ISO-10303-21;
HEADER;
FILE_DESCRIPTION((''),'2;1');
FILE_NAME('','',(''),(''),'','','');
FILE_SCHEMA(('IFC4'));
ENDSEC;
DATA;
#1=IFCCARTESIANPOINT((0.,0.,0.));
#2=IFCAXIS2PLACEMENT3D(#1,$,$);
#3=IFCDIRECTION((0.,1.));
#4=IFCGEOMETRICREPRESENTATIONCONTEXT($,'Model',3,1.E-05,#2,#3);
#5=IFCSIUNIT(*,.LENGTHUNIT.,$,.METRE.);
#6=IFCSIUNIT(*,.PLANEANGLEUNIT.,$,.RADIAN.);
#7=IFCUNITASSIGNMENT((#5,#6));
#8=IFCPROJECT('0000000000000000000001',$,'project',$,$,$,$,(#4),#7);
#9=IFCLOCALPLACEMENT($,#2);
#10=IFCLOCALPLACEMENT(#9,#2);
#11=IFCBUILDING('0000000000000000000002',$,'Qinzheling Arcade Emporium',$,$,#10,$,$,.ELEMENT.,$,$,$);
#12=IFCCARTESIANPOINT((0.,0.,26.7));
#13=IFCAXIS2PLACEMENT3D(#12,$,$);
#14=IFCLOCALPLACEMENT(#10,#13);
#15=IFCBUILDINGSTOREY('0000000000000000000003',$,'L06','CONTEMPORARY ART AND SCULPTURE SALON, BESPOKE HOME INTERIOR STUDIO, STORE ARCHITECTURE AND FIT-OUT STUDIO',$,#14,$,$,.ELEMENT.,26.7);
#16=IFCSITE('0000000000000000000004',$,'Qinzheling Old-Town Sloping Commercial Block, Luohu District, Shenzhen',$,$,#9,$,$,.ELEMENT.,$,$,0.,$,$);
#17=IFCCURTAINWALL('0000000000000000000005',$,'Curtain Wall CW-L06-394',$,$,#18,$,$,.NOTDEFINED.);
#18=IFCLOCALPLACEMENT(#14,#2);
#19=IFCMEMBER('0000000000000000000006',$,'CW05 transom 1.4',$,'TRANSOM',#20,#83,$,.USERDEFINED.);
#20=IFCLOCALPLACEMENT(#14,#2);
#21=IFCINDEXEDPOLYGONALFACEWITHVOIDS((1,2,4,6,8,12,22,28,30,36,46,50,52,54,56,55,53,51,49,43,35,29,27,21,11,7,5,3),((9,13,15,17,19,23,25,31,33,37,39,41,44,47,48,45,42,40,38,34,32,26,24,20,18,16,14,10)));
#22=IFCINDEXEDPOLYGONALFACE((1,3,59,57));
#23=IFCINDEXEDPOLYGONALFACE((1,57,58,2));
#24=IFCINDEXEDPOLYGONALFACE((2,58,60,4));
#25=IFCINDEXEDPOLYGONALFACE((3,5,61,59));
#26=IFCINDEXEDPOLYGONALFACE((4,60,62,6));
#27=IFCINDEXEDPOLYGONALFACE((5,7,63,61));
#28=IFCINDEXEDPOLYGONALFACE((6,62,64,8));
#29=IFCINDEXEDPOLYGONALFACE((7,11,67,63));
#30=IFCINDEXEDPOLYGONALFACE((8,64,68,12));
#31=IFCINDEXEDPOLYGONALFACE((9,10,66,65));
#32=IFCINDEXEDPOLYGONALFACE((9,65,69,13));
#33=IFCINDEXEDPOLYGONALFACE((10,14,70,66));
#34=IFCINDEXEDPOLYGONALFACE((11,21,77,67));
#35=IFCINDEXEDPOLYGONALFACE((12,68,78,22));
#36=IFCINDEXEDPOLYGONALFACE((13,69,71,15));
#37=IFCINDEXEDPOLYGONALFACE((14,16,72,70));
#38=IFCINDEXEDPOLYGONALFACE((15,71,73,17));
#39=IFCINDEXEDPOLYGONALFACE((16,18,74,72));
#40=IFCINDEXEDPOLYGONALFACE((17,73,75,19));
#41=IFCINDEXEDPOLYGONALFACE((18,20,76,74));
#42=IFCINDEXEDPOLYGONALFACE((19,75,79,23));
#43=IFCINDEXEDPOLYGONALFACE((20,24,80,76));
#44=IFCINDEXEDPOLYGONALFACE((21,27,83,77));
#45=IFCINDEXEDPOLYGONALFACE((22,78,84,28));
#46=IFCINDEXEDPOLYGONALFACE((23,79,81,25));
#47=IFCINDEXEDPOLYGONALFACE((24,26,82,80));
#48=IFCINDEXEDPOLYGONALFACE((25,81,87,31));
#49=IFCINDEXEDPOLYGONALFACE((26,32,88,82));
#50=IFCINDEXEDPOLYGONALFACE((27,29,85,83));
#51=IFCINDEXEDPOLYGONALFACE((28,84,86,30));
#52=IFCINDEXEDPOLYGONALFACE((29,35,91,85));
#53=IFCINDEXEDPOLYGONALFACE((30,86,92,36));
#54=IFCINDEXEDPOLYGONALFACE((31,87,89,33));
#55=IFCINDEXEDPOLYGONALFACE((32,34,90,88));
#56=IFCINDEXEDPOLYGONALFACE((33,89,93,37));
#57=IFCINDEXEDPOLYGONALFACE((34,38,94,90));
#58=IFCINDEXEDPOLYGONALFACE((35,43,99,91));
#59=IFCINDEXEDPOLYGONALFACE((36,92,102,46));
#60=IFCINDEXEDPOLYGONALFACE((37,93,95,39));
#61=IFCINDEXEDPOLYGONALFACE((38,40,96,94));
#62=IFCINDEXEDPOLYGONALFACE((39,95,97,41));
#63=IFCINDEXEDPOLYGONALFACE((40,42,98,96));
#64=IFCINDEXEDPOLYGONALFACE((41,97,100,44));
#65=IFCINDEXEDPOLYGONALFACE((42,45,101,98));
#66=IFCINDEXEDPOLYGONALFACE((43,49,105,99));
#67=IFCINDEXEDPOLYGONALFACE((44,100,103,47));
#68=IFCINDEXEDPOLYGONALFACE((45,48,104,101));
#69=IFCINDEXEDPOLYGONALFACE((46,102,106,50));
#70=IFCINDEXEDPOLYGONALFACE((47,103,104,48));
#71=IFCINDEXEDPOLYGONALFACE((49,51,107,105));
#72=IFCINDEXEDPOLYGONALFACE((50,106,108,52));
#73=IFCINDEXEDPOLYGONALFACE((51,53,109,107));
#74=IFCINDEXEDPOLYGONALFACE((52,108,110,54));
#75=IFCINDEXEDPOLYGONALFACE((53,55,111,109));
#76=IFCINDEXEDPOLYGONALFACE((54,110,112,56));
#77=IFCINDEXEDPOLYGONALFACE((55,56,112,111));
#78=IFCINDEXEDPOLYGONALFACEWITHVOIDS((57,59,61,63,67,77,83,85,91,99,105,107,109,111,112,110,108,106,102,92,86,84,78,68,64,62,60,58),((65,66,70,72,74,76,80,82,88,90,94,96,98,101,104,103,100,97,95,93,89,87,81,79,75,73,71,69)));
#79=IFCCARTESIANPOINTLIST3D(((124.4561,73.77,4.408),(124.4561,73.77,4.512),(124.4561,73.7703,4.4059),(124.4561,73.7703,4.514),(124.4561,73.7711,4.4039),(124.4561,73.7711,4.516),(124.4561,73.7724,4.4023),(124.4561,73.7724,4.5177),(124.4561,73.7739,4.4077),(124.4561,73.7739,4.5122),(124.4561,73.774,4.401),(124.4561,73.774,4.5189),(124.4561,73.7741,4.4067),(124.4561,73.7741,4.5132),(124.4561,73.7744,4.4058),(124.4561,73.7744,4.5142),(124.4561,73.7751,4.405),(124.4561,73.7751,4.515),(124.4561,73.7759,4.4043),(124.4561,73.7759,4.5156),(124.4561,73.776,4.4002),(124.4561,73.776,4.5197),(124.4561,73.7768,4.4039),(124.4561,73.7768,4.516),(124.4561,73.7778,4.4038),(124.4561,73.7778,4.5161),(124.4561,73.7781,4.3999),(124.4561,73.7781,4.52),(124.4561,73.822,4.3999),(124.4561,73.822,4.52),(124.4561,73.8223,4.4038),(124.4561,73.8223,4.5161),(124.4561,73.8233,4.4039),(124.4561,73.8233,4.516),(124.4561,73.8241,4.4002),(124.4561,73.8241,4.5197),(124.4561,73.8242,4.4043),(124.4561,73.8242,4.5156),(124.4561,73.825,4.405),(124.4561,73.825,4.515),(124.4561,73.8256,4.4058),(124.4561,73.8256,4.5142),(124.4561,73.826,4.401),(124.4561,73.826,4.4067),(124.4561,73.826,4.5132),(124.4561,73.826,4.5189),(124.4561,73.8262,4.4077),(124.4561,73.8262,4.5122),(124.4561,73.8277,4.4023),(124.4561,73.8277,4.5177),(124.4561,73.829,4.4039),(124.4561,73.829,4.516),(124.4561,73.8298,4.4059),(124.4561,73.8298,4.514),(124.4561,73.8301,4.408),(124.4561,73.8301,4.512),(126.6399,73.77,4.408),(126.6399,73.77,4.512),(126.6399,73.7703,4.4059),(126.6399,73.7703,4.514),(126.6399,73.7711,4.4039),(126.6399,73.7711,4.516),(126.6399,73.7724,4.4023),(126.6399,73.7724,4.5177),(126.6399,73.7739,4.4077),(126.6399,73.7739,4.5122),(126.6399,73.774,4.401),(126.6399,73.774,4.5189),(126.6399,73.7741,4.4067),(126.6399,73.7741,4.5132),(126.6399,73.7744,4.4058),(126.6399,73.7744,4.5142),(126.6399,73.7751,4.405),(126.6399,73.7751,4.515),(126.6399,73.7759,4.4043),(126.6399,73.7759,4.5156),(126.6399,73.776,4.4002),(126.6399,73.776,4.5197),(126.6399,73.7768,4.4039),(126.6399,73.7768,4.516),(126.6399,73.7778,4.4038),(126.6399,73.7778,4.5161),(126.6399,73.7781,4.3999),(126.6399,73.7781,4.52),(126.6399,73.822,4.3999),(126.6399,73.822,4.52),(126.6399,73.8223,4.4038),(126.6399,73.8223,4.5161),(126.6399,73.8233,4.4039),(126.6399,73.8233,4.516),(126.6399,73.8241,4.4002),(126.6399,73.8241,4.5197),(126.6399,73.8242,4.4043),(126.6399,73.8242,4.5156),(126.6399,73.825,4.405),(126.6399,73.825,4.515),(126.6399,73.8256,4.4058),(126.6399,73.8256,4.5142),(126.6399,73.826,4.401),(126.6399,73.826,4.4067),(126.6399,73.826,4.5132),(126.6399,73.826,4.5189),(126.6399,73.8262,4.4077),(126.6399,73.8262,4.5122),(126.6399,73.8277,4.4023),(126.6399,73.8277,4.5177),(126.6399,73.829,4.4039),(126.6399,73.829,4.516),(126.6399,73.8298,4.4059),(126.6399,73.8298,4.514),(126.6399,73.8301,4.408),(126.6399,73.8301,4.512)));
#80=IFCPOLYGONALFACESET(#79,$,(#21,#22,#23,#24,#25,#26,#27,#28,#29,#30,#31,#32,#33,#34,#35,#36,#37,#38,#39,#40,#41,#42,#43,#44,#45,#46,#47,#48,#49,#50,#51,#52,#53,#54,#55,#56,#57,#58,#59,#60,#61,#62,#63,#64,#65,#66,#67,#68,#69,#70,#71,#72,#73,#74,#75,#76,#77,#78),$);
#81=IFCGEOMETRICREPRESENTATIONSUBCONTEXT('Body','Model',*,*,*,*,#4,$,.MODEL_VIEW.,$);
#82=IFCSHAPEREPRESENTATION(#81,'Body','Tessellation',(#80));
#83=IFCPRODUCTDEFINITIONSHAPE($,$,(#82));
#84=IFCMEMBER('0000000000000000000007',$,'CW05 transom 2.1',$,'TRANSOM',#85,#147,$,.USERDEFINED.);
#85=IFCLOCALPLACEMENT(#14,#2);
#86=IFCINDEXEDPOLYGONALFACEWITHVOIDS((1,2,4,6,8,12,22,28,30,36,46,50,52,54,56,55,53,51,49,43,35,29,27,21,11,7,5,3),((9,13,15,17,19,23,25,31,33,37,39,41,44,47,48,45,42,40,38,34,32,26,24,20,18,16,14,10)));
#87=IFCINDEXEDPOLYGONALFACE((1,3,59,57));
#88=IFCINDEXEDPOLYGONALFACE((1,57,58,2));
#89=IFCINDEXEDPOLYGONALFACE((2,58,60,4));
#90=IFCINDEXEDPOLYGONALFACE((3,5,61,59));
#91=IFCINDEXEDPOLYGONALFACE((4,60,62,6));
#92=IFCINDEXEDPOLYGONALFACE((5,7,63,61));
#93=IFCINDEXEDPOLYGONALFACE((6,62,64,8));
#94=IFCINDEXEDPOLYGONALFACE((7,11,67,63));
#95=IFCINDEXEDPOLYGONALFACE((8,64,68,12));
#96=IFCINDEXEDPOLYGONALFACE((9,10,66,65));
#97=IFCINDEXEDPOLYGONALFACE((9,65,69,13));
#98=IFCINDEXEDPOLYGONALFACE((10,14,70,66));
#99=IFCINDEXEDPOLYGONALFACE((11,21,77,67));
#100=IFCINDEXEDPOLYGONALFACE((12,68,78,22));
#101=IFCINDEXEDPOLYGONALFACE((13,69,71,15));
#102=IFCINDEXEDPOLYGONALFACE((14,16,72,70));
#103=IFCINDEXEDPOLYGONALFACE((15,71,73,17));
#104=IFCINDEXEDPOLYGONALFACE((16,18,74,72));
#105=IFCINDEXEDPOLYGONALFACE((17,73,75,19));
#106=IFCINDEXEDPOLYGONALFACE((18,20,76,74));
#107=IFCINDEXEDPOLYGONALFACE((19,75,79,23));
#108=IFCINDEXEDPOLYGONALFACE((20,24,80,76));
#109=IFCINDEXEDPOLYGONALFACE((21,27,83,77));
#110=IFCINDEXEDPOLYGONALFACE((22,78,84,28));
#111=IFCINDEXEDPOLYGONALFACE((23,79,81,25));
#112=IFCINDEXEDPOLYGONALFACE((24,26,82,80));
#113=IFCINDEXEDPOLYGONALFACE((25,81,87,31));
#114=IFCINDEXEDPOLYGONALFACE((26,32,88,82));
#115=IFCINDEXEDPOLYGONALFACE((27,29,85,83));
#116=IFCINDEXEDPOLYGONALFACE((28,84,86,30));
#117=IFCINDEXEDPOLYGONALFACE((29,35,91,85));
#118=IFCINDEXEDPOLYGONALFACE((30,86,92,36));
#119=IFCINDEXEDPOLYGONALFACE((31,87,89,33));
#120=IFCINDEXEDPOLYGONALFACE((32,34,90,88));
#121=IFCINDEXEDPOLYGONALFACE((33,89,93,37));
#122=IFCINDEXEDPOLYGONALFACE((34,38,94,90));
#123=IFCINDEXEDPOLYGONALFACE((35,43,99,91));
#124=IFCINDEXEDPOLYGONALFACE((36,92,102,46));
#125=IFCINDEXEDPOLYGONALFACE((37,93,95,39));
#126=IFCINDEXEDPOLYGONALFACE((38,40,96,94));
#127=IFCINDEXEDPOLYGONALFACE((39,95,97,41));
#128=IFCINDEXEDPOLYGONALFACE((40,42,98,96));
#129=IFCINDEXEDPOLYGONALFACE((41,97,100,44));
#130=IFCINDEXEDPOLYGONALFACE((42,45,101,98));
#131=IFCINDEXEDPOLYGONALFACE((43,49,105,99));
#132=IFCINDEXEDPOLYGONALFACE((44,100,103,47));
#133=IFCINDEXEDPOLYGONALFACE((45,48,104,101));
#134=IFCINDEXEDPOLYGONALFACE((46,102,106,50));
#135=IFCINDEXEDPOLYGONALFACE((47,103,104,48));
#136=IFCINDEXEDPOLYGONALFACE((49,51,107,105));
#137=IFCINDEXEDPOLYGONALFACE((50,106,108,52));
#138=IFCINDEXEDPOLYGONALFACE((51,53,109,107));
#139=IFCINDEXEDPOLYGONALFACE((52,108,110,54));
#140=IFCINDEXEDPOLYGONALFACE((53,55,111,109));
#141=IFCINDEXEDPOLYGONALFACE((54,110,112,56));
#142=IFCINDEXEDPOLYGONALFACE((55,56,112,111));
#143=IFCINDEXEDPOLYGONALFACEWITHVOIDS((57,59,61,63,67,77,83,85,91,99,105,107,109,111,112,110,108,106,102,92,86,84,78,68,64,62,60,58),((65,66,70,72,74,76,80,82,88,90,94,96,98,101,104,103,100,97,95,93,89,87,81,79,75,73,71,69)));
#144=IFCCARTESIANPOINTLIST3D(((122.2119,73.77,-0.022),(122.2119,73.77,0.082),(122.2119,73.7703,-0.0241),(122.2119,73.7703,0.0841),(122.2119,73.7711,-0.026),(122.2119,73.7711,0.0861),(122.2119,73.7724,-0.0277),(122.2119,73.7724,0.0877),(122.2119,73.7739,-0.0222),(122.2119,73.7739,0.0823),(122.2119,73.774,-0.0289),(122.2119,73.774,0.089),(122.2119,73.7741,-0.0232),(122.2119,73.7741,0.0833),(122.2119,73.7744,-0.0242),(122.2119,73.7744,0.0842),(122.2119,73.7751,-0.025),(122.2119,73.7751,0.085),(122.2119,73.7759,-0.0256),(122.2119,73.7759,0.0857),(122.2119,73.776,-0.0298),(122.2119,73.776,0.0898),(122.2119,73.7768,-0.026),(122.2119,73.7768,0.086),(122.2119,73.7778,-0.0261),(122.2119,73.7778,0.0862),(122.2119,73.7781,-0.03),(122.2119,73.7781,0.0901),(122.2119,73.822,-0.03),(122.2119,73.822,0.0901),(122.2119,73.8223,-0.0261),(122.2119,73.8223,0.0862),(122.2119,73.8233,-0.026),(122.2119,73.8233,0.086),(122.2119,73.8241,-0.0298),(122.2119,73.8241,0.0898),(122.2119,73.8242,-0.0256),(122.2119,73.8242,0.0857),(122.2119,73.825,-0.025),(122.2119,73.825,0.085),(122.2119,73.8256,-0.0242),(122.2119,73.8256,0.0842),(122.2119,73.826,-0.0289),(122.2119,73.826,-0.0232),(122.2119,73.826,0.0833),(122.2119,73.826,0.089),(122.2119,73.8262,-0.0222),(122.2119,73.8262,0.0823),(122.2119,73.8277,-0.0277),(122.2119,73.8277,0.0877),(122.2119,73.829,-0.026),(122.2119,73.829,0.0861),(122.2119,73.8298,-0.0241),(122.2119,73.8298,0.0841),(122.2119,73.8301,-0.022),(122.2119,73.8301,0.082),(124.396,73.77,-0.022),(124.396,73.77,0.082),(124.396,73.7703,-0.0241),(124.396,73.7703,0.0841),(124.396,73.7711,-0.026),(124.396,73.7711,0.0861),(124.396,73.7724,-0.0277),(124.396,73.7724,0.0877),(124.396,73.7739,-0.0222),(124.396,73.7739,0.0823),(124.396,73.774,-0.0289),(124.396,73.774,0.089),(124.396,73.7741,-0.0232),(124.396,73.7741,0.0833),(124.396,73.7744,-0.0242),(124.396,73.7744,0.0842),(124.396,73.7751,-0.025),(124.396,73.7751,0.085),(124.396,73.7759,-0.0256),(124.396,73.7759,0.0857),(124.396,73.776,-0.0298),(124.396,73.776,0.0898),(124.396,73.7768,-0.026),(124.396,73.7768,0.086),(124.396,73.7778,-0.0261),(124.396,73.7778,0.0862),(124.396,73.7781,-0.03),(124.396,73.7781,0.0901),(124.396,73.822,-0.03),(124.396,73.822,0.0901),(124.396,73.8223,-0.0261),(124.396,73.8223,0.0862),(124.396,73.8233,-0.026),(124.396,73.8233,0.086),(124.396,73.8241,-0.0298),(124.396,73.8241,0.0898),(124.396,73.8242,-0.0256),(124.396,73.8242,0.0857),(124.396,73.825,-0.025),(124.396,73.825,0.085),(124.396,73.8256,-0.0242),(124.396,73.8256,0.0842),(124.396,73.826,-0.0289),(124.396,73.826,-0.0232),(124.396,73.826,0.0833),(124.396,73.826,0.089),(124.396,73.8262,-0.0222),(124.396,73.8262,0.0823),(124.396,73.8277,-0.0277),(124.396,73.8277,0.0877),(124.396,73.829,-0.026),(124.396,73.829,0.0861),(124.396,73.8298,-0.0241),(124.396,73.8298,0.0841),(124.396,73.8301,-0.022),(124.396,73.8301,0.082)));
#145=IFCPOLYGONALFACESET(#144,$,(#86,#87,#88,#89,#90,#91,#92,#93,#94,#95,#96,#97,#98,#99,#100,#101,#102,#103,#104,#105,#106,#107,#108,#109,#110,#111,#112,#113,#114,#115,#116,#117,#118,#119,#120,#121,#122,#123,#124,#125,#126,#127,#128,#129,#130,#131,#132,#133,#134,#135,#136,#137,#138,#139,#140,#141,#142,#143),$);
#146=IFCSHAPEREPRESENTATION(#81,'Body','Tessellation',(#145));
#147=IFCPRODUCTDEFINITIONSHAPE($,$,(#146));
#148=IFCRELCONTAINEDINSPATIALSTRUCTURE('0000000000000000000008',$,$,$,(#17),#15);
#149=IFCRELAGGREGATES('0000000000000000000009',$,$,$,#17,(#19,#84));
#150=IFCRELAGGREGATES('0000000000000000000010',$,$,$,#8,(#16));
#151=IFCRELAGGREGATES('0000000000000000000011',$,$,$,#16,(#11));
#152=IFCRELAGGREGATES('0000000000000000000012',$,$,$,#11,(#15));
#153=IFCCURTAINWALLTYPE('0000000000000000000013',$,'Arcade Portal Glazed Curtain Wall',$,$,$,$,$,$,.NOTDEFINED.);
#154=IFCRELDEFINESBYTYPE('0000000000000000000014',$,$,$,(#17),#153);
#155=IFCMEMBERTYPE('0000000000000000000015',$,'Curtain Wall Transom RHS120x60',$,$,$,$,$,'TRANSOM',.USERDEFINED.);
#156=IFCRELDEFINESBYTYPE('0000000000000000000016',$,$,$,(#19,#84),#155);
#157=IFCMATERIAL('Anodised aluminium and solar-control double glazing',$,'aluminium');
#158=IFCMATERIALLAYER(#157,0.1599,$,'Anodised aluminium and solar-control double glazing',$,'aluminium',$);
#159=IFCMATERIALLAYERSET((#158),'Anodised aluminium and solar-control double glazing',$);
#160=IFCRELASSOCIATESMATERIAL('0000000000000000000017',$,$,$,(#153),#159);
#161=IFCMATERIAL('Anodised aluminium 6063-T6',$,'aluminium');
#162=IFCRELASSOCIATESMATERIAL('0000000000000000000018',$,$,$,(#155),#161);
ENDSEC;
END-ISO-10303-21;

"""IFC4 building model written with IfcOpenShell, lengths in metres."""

from ifc_helpers import new_model, si_unit, direction, frame, origin, origin_2d, place, context, subcontext, project, spatial, hollow_rectangle, extrude, material, layer, layer_set, material_profile, profile_set, type_object, element, aggregate, save


model = new_model("IFC4")

# Units and contexts
model_context = context("Model", 3, precision=1e-05, world=origin(), true_north=direction((0.0, 1.0)))
body_context = subcontext(model_context, "Body", "Model", "MODEL_VIEW")
ifc_project = project(units=[si_unit("LENGTHUNIT", "METRE"), si_unit("PLANEANGLEUNIT", "RADIAN")], contexts=[model_context])

# Site, building, storey
site_placement = place(None, origin())
site = spatial("IfcSite", under=ifc_project, at=site_placement, Name="Qinzheling Old-Town Sloping Commercial Block, Luohu District, Shenzhen", CompositionType="ELEMENT", RefElevation=0.0)
building_placement = place(site_placement, origin())
building = spatial("IfcBuilding", under=site, at=building_placement, Name="Qinzheling Arcade Emporium", CompositionType="ELEMENT")
storey_placement = place(building_placement, frame((0.0, 0.0, 26.7)))
storey = spatial("IfcBuildingStorey", under=building, at=storey_placement, Name="L06", Description="CONTEMPORARY ART AND SCULPTURE SALON, BESPOKE HOME INTERIOR STUDIO, STORE ARCHITECTURE AND FIT-OUT STUDIO", CompositionType="ELEMENT", Elevation=26.7)

# Curtain wall, members
ifc_material_1 = material(Name="Anodised aluminium and solar-control double glazing", Category="aluminium")
ifc_layer_1 = layer(ifc_material_1, 0.1599, Name="Anodised aluminium and solar-control double glazing", Category="aluminium")
ifc_layer_set_1 = layer_set([ifc_layer_1], Name="Anodised aluminium and solar-control double glazing")
curtain_wall_type = type_object("IfcCurtainWallType", Name="Arcade Portal Glazed Curtain Wall", PredefinedType="NOTDEFINED", material=ifc_layer_set_1)
curtain_wall_placement = place(storey_placement, origin())
curtain_wall = element("IfcCurtainWall", 1, at=curtain_wall_placement, inside=storey, type_object=curtain_wall_type, Name="Curtain Wall CW-L06-394", PredefinedType="NOTDEFINED")
ifc_material_2 = material(Name="Anodised aluminium 6063-T6", Category="aluminium")
ifc_material_profile_1 = material_profile(ifc_material_2, hollow_rectangle(XDim=0.0601, YDim=0.1201, WallThickness=0.0039, InnerFilletRadius=0.0039, OuterFilletRadius=0.0081, at=origin_2d()), Name="RHS 120x60x4", Category="aluminium")
ifc_profile_set_1 = profile_set([ifc_material_profile_1], Name="Anodised aluminium 6063-T6")
member_type_1 = type_object("IfcMemberType", Name="Curtain Wall Transom RHS120x60", ElementType="TRANSOM", PredefinedType="USERDEFINED", material=ifc_profile_set_1)
member_1_placement = place(storey_placement, frame((126.6399, 73.8, 4.46), z_axis=(-1.0, 0.0, 0.0), x_axis=(0.0, -1.0, 0.0)))
member_1 = element("IfcMember", 2, at=member_1_placement, type_object=member_type_1, Name="CW05 transom 1.4", ObjectType="TRANSOM", PredefinedType="USERDEFINED", context=body_context, shape_type="SweptSolid", body=[
    extrude(hollow_rectangle(XDim=0.0601, YDim=0.1201, WallThickness=0.0039, InnerFilletRadius=0.0039, OuterFilletRadius=0.0081, at=origin_2d()), origin(), (0.0, 0.0, 1.0), 2.1838),
])
member_2_placement = place(storey_placement, frame((124.396, 73.8, 0.03), z_axis=(-1.0, 0.0, 0.0), x_axis=(0.0, -1.0, 0.0)))
member_2 = element("IfcMember", 3, at=member_2_placement, type_object=member_type_1, Name="CW05 transom 2.1", ObjectType="TRANSOM", PredefinedType="USERDEFINED", context=body_context, shape_type="SweptSolid", body=[
    extrude(hollow_rectangle(XDim=0.0601, YDim=0.1201, WallThickness=0.0039, InnerFilletRadius=0.0039, OuterFilletRadius=0.0081, at=origin_2d()), origin(), (0.0, 0.0, 1.0), 2.1841),
])

aggregate(curtain_wall, [member_1, member_2])

save(model, "model.ifc")
